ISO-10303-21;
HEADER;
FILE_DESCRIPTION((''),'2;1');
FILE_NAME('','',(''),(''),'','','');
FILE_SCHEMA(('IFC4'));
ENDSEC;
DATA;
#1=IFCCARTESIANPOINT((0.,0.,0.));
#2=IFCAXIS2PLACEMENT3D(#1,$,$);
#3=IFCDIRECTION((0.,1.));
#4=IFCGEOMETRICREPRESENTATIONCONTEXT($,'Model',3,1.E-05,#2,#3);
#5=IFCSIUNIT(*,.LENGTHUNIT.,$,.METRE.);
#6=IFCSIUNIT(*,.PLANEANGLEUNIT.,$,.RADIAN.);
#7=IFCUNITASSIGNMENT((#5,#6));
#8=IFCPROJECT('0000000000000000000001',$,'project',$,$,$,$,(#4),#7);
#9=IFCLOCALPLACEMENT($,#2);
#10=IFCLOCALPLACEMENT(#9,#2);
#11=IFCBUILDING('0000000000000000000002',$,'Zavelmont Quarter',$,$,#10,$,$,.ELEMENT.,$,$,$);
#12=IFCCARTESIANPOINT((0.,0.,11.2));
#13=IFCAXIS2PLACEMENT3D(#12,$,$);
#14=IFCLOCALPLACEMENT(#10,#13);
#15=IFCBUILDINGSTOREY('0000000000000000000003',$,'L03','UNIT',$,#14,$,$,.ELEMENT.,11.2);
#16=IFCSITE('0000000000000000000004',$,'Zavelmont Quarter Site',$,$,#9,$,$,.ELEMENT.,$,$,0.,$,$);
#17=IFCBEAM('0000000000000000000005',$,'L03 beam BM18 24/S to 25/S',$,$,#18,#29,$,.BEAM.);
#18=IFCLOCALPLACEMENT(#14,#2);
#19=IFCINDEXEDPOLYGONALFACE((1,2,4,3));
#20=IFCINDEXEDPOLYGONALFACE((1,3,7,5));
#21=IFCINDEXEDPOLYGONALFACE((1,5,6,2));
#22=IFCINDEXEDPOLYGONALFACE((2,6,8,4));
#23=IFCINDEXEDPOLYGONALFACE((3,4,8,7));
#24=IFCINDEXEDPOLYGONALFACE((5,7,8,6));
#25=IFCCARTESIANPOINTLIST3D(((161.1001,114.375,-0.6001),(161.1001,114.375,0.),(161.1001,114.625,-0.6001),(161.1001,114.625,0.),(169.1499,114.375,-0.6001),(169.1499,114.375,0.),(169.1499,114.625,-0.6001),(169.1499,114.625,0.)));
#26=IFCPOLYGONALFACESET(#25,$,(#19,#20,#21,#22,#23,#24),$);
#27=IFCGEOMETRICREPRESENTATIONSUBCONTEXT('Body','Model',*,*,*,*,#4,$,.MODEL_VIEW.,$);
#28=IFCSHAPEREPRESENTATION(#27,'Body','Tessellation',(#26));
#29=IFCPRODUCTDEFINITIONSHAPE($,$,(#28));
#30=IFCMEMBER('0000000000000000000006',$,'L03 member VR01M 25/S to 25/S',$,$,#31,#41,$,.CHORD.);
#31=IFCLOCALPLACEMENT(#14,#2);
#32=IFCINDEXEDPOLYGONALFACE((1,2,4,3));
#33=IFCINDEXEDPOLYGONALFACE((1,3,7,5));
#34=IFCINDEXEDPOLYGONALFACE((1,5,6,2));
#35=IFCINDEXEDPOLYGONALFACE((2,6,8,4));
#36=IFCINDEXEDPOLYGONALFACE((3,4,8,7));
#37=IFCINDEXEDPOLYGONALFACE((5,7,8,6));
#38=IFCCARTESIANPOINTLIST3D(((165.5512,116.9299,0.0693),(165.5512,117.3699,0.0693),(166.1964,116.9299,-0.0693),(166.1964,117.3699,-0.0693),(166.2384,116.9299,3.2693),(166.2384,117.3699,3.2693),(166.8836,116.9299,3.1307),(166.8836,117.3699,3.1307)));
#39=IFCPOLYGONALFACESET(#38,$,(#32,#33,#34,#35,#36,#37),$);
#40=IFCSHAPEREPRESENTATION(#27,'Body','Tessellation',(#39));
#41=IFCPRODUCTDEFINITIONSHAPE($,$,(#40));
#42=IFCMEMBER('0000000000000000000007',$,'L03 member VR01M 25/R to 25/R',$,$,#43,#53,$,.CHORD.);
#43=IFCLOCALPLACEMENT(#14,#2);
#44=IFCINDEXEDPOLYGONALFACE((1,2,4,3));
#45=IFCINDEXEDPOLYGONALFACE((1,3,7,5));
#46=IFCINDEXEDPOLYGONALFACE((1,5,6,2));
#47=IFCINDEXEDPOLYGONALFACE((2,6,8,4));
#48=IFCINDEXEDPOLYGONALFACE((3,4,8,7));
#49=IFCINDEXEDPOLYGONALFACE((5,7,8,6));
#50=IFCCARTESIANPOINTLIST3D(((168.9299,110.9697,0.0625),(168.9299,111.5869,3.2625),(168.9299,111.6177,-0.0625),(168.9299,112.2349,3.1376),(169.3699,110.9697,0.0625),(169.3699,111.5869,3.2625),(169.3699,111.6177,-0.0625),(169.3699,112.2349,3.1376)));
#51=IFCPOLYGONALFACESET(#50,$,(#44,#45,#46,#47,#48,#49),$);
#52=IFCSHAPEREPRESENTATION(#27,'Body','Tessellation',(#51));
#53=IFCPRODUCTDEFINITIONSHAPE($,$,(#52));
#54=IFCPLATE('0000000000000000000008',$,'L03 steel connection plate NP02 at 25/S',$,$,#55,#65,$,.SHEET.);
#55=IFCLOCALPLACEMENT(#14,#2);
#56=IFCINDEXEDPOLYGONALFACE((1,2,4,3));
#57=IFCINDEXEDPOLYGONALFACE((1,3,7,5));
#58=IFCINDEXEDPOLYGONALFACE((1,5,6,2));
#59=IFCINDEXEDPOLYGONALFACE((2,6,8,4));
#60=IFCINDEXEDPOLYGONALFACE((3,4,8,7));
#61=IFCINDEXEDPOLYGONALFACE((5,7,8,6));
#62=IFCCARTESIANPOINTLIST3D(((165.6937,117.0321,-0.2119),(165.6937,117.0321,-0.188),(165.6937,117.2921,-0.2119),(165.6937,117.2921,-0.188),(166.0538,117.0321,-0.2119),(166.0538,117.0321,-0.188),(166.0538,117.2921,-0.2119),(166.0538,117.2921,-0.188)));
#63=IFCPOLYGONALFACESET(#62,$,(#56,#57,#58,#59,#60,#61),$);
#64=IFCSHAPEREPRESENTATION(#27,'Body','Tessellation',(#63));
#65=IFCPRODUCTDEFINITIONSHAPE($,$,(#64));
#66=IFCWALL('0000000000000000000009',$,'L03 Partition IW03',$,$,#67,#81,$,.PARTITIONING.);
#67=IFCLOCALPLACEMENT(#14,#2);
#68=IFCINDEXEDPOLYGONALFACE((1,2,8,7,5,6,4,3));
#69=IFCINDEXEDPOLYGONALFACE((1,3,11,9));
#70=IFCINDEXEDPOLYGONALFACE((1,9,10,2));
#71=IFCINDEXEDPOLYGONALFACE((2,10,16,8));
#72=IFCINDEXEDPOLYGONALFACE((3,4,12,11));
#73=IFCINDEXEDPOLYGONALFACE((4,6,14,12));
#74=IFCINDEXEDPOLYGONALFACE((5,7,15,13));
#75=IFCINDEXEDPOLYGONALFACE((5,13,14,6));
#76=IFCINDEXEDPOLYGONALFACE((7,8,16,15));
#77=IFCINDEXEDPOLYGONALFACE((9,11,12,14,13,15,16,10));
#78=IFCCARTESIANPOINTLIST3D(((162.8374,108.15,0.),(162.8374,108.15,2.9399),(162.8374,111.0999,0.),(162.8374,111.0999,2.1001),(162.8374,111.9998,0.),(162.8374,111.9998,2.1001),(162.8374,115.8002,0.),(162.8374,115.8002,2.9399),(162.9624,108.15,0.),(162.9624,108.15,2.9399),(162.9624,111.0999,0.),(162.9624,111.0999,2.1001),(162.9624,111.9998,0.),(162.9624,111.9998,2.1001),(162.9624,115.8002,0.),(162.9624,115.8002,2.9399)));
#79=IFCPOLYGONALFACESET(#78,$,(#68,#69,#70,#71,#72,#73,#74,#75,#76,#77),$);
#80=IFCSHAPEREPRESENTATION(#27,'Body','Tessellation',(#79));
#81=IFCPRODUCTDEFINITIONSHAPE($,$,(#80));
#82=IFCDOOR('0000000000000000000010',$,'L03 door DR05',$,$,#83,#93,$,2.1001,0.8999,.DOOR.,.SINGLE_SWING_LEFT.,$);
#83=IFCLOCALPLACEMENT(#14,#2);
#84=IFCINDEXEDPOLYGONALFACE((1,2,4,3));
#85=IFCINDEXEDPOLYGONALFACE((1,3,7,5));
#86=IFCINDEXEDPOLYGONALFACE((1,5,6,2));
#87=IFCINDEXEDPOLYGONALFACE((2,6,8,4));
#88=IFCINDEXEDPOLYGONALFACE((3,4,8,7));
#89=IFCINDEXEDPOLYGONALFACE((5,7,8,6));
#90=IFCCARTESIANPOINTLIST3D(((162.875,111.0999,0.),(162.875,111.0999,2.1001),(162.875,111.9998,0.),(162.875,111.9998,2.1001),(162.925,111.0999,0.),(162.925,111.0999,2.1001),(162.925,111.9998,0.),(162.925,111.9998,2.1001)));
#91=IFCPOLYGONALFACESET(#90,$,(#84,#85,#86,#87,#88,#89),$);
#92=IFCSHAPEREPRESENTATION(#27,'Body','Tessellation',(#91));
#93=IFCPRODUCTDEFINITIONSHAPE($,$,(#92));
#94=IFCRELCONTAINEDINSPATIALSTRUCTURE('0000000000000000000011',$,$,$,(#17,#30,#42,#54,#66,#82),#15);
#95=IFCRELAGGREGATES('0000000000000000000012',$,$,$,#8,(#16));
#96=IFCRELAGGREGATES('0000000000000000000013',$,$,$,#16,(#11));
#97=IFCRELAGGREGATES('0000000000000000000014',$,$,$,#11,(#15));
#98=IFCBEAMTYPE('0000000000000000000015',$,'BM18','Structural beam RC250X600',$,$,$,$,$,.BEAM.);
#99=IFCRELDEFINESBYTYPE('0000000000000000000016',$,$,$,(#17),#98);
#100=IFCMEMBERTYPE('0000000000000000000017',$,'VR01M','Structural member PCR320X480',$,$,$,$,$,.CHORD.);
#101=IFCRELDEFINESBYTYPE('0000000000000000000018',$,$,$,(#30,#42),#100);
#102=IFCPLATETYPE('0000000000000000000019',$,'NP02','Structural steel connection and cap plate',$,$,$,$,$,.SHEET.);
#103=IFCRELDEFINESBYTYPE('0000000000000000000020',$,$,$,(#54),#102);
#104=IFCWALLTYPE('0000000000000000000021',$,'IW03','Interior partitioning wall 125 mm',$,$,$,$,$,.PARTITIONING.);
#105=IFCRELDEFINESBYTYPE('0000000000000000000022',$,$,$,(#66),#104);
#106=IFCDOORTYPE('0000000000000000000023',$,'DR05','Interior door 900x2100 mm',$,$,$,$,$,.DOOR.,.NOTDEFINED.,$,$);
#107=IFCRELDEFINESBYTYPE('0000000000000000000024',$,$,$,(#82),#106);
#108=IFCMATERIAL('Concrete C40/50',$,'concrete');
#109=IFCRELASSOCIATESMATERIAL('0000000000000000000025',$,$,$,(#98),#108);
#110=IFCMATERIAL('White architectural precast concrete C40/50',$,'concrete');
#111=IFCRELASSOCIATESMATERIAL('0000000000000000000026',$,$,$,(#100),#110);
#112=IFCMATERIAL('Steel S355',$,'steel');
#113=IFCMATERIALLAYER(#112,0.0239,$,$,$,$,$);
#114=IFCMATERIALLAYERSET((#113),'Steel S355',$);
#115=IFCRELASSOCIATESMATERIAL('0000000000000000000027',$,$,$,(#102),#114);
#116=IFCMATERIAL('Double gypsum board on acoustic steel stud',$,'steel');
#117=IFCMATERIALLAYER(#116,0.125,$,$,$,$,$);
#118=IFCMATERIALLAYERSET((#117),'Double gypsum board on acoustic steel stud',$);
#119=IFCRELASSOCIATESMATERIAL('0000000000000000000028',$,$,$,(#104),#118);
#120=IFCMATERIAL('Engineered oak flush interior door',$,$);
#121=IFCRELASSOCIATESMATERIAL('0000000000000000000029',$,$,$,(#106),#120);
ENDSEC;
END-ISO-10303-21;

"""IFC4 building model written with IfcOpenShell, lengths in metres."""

from ifc_helpers import new_model, si_unit, direction, frame, frame_2d, origin, origin_with_axes, origin_2d, place, context, subcontext, project, spatial, rectangle, extrude, material, layer, layer_set, material_profile, profile_set, type_object, element, fill, save


model = new_model("IFC4")

# Units and contexts
model_context = context("Model", 3, precision=1e-05, world=origin(), true_north=direction((0.0, 1.0)))
body_context = subcontext(model_context, "Body", "Model", "MODEL_VIEW")
ifc_project = project(units=[si_unit("LENGTHUNIT", "METRE"), si_unit("PLANEANGLEUNIT", "RADIAN")], contexts=[model_context])

# Site, building, storey
site_placement = place(None, origin())
site = spatial("IfcSite", under=ifc_project, at=site_placement, Name="Zavelmont Quarter Site", CompositionType="ELEMENT", RefElevation=0.0)
building_placement = place(site_placement, origin())
building = spatial("IfcBuilding", under=site, at=building_placement, Name="Zavelmont Quarter", CompositionType="ELEMENT")
storey_placement = place(building_placement, frame((0.0, 0.0, 11.2)))
storey = spatial("IfcBuildingStorey", under=building, at=storey_placement, Name="L03", Description="UNIT", CompositionType="ELEMENT", Elevation=11.2)

# Shared definitions
ifc_material_1 = material(Name="Concrete C40/50", Category="concrete")

# Beam
ifc_material_2 = material(Name="Steel S355", Category="steel")
ifc_material_profile_1 = material_profile(ifc_material_1, rectangle(XDim=0.25, YDim=0.6001, at=origin_2d()), Name="RC250X600")
ifc_profile_set_1 = profile_set([ifc_material_profile_1], Name="Concrete C40/50")
beam_type_1 = type_object("IfcBeamType", Name="BM18", Description="Structural beam RC250X600", PredefinedType="BEAM", material=ifc_profile_set_1)
beam_1_placement = place(storey_placement, frame((161.1001, 114.5, -0.3), z_axis=(1.0, 0.0, 0.0), x_axis=(0.0, 1.0, 0.0)))
element("IfcBeam", 1, at=beam_1_placement, inside=storey, type_object=beam_type_1, Name="L03 beam BM18 24/S to 25/S", PredefinedType="BEAM", context=body_context, shape_type="SweptSolid", body=[
    extrude(rectangle(XDim=0.25, YDim=0.6001, at=origin_2d()), origin(), (0.0, 0.0, 1.0), 8.0498),
])

# Members
ifc_material_3 = material(Name="White architectural precast concrete C40/50", Category="concrete")
ifc_material_profile_2 = material_profile(ifc_material_3, rectangle(XDim=0.4399, YDim=0.6599, at=origin_2d()), Name="PCR320X480")
ifc_profile_set_2 = profile_set([ifc_material_profile_2], Name="White architectural precast concrete C40/50")
member_type = type_object("IfcMemberType", Name="VR01M", Description="Structural member PCR320X480", PredefinedType="CHORD", material=ifc_profile_set_2)
member_1_placement = place(storey_placement, frame((165.8738, 117.1499, 0.0), z_axis=(0.209982, 0.0, 0.977705), x_axis=(0.0, 1.0, 0.0)))
element("IfcMember", 2, at=member_1_placement, inside=storey, type_object=member_type, Name="L03 member VR01M 25/S to 25/S", PredefinedType="CHORD", context=body_context, shape_type="SweptSolid", body=[
    extrude(rectangle(XDim=0.4399, YDim=0.6599, at=origin_2d()), origin(), (0.0, 0.0, 1.0), 3.2729),
])
member_2_placement = place(storey_placement, frame((169.1499, 111.2937, 0.0), z_axis=(0.0, 0.189384, 0.981903), x_axis=(-1.0, 0.0, 0.0)))
element("IfcMember", 3, at=member_2_placement, inside=storey, type_object=member_type, Name="L03 member VR01M 25/R to 25/R", PredefinedType="CHORD", context=body_context, shape_type="SweptSolid", body=[
    extrude(rectangle(XDim=0.4399, YDim=0.6599, at=origin_2d()), origin(), (0.0, 0.0, 1.0), 3.259),
])

# Plate
ifc_layer_1 = layer(ifc_material_2, 0.0239)
ifc_layer_set_1 = layer_set([ifc_layer_1], Name="Steel S355")
plate_type = type_object("IfcPlateType", Name="NP02", Description="Structural steel connection and cap plate", PredefinedType="SHEET", material=ifc_layer_set_1)
plate_placement = place(storey_placement, frame((165.8738, 117.1621, -0.2119), z_axis=(0.0, 0.0, 1.0), x_axis=(1.0, 0.0, 0.0)))
element("IfcPlate", 4, at=plate_placement, inside=storey, type_object=plate_type, Name="L03 steel connection plate NP02 at 25/S", PredefinedType="SHEET", context=body_context, shape_type="SweptSolid", body=[
    extrude(rectangle(XDim=0.3601, YDim=0.26, at=origin_2d()), origin(), (0.0, 0.0, 1.0), 0.0239),
])

# Wall, opening, door
ifc_material_4 = material(Name="Double gypsum board on acoustic steel stud", Category="steel")
ifc_layer_2 = layer(ifc_material_4, 0.125)
ifc_layer_set_2 = layer_set([ifc_layer_2], Name="Double gypsum board on acoustic steel stud")
wall_type = type_object("IfcWallType", Name="IW03", Description="Interior partitioning wall 125 mm", PredefinedType="PARTITIONING", material=ifc_layer_set_2)
wall_placement = place(storey_placement, frame((162.8999, 108.1499, 0.0), z_axis=(0.0, 0.0, 1.0), x_axis=(0.0, 1.0, 0.0)))
wall = element("IfcWall", 5, at=wall_placement, inside=storey, type_object=wall_type, Name="L03 Partition IW03", PredefinedType="PARTITIONING", context=body_context, shape_type="SweptSolid", body=[
    extrude(rectangle(XDim=7.6501, YDim=0.125, at=frame_2d((3.8252, 0.0))), origin(), (0.0, 0.0, 1.0), 2.9399),
])
opening_placement = place(wall_placement, frame((2.95, 0.0, 0.0)))
opening = element("IfcOpeningElement", 6, at=opening_placement, cuts=wall, PredefinedType="OPENING", context=body_context, shape_type="SweptSolid", body=[
    extrude(rectangle(XDim=0.8999, YDim=2.1001, at=frame_2d((0.45, 1.05))), frame((0.0, 0.0745, 0.0), z_axis=(0.0, -1.0, 0.0), x_axis=(1.0, 0.0, 0.0)), (0.0, 0.0, 1.0), 0.1489),
])
ifc_material_5 = material(Name="Engineered oak flush interior door")
door_type = type_object("IfcDoorType", Name="DR05", Description="Interior door 900x2100 mm", OperationType="NOTDEFINED", PredefinedType="DOOR", material=ifc_material_5)
door_placement = place(opening_placement, origin_with_axes())
door = element("IfcDoor", 7, at=door_placement, inside=storey, type_object=door_type, Name="L03 door DR05", OperationType="SINGLE_SWING_LEFT", OverallHeight=2.1001, OverallWidth=0.8999, PredefinedType="DOOR", context=body_context, shape_type="SweptSolid", body=[
    extrude(rectangle(XDim=0.8999, YDim=2.1001, at=frame_2d((0.45, 1.05))), frame((0.0, 0.0249, 0.0), z_axis=(0.0, -1.0, 0.0), x_axis=(1.0, 0.0, 0.0)), (0.0, 0.0, 1.0), 0.05),
])
fill(opening, door)

save(model, "model.ifc")
